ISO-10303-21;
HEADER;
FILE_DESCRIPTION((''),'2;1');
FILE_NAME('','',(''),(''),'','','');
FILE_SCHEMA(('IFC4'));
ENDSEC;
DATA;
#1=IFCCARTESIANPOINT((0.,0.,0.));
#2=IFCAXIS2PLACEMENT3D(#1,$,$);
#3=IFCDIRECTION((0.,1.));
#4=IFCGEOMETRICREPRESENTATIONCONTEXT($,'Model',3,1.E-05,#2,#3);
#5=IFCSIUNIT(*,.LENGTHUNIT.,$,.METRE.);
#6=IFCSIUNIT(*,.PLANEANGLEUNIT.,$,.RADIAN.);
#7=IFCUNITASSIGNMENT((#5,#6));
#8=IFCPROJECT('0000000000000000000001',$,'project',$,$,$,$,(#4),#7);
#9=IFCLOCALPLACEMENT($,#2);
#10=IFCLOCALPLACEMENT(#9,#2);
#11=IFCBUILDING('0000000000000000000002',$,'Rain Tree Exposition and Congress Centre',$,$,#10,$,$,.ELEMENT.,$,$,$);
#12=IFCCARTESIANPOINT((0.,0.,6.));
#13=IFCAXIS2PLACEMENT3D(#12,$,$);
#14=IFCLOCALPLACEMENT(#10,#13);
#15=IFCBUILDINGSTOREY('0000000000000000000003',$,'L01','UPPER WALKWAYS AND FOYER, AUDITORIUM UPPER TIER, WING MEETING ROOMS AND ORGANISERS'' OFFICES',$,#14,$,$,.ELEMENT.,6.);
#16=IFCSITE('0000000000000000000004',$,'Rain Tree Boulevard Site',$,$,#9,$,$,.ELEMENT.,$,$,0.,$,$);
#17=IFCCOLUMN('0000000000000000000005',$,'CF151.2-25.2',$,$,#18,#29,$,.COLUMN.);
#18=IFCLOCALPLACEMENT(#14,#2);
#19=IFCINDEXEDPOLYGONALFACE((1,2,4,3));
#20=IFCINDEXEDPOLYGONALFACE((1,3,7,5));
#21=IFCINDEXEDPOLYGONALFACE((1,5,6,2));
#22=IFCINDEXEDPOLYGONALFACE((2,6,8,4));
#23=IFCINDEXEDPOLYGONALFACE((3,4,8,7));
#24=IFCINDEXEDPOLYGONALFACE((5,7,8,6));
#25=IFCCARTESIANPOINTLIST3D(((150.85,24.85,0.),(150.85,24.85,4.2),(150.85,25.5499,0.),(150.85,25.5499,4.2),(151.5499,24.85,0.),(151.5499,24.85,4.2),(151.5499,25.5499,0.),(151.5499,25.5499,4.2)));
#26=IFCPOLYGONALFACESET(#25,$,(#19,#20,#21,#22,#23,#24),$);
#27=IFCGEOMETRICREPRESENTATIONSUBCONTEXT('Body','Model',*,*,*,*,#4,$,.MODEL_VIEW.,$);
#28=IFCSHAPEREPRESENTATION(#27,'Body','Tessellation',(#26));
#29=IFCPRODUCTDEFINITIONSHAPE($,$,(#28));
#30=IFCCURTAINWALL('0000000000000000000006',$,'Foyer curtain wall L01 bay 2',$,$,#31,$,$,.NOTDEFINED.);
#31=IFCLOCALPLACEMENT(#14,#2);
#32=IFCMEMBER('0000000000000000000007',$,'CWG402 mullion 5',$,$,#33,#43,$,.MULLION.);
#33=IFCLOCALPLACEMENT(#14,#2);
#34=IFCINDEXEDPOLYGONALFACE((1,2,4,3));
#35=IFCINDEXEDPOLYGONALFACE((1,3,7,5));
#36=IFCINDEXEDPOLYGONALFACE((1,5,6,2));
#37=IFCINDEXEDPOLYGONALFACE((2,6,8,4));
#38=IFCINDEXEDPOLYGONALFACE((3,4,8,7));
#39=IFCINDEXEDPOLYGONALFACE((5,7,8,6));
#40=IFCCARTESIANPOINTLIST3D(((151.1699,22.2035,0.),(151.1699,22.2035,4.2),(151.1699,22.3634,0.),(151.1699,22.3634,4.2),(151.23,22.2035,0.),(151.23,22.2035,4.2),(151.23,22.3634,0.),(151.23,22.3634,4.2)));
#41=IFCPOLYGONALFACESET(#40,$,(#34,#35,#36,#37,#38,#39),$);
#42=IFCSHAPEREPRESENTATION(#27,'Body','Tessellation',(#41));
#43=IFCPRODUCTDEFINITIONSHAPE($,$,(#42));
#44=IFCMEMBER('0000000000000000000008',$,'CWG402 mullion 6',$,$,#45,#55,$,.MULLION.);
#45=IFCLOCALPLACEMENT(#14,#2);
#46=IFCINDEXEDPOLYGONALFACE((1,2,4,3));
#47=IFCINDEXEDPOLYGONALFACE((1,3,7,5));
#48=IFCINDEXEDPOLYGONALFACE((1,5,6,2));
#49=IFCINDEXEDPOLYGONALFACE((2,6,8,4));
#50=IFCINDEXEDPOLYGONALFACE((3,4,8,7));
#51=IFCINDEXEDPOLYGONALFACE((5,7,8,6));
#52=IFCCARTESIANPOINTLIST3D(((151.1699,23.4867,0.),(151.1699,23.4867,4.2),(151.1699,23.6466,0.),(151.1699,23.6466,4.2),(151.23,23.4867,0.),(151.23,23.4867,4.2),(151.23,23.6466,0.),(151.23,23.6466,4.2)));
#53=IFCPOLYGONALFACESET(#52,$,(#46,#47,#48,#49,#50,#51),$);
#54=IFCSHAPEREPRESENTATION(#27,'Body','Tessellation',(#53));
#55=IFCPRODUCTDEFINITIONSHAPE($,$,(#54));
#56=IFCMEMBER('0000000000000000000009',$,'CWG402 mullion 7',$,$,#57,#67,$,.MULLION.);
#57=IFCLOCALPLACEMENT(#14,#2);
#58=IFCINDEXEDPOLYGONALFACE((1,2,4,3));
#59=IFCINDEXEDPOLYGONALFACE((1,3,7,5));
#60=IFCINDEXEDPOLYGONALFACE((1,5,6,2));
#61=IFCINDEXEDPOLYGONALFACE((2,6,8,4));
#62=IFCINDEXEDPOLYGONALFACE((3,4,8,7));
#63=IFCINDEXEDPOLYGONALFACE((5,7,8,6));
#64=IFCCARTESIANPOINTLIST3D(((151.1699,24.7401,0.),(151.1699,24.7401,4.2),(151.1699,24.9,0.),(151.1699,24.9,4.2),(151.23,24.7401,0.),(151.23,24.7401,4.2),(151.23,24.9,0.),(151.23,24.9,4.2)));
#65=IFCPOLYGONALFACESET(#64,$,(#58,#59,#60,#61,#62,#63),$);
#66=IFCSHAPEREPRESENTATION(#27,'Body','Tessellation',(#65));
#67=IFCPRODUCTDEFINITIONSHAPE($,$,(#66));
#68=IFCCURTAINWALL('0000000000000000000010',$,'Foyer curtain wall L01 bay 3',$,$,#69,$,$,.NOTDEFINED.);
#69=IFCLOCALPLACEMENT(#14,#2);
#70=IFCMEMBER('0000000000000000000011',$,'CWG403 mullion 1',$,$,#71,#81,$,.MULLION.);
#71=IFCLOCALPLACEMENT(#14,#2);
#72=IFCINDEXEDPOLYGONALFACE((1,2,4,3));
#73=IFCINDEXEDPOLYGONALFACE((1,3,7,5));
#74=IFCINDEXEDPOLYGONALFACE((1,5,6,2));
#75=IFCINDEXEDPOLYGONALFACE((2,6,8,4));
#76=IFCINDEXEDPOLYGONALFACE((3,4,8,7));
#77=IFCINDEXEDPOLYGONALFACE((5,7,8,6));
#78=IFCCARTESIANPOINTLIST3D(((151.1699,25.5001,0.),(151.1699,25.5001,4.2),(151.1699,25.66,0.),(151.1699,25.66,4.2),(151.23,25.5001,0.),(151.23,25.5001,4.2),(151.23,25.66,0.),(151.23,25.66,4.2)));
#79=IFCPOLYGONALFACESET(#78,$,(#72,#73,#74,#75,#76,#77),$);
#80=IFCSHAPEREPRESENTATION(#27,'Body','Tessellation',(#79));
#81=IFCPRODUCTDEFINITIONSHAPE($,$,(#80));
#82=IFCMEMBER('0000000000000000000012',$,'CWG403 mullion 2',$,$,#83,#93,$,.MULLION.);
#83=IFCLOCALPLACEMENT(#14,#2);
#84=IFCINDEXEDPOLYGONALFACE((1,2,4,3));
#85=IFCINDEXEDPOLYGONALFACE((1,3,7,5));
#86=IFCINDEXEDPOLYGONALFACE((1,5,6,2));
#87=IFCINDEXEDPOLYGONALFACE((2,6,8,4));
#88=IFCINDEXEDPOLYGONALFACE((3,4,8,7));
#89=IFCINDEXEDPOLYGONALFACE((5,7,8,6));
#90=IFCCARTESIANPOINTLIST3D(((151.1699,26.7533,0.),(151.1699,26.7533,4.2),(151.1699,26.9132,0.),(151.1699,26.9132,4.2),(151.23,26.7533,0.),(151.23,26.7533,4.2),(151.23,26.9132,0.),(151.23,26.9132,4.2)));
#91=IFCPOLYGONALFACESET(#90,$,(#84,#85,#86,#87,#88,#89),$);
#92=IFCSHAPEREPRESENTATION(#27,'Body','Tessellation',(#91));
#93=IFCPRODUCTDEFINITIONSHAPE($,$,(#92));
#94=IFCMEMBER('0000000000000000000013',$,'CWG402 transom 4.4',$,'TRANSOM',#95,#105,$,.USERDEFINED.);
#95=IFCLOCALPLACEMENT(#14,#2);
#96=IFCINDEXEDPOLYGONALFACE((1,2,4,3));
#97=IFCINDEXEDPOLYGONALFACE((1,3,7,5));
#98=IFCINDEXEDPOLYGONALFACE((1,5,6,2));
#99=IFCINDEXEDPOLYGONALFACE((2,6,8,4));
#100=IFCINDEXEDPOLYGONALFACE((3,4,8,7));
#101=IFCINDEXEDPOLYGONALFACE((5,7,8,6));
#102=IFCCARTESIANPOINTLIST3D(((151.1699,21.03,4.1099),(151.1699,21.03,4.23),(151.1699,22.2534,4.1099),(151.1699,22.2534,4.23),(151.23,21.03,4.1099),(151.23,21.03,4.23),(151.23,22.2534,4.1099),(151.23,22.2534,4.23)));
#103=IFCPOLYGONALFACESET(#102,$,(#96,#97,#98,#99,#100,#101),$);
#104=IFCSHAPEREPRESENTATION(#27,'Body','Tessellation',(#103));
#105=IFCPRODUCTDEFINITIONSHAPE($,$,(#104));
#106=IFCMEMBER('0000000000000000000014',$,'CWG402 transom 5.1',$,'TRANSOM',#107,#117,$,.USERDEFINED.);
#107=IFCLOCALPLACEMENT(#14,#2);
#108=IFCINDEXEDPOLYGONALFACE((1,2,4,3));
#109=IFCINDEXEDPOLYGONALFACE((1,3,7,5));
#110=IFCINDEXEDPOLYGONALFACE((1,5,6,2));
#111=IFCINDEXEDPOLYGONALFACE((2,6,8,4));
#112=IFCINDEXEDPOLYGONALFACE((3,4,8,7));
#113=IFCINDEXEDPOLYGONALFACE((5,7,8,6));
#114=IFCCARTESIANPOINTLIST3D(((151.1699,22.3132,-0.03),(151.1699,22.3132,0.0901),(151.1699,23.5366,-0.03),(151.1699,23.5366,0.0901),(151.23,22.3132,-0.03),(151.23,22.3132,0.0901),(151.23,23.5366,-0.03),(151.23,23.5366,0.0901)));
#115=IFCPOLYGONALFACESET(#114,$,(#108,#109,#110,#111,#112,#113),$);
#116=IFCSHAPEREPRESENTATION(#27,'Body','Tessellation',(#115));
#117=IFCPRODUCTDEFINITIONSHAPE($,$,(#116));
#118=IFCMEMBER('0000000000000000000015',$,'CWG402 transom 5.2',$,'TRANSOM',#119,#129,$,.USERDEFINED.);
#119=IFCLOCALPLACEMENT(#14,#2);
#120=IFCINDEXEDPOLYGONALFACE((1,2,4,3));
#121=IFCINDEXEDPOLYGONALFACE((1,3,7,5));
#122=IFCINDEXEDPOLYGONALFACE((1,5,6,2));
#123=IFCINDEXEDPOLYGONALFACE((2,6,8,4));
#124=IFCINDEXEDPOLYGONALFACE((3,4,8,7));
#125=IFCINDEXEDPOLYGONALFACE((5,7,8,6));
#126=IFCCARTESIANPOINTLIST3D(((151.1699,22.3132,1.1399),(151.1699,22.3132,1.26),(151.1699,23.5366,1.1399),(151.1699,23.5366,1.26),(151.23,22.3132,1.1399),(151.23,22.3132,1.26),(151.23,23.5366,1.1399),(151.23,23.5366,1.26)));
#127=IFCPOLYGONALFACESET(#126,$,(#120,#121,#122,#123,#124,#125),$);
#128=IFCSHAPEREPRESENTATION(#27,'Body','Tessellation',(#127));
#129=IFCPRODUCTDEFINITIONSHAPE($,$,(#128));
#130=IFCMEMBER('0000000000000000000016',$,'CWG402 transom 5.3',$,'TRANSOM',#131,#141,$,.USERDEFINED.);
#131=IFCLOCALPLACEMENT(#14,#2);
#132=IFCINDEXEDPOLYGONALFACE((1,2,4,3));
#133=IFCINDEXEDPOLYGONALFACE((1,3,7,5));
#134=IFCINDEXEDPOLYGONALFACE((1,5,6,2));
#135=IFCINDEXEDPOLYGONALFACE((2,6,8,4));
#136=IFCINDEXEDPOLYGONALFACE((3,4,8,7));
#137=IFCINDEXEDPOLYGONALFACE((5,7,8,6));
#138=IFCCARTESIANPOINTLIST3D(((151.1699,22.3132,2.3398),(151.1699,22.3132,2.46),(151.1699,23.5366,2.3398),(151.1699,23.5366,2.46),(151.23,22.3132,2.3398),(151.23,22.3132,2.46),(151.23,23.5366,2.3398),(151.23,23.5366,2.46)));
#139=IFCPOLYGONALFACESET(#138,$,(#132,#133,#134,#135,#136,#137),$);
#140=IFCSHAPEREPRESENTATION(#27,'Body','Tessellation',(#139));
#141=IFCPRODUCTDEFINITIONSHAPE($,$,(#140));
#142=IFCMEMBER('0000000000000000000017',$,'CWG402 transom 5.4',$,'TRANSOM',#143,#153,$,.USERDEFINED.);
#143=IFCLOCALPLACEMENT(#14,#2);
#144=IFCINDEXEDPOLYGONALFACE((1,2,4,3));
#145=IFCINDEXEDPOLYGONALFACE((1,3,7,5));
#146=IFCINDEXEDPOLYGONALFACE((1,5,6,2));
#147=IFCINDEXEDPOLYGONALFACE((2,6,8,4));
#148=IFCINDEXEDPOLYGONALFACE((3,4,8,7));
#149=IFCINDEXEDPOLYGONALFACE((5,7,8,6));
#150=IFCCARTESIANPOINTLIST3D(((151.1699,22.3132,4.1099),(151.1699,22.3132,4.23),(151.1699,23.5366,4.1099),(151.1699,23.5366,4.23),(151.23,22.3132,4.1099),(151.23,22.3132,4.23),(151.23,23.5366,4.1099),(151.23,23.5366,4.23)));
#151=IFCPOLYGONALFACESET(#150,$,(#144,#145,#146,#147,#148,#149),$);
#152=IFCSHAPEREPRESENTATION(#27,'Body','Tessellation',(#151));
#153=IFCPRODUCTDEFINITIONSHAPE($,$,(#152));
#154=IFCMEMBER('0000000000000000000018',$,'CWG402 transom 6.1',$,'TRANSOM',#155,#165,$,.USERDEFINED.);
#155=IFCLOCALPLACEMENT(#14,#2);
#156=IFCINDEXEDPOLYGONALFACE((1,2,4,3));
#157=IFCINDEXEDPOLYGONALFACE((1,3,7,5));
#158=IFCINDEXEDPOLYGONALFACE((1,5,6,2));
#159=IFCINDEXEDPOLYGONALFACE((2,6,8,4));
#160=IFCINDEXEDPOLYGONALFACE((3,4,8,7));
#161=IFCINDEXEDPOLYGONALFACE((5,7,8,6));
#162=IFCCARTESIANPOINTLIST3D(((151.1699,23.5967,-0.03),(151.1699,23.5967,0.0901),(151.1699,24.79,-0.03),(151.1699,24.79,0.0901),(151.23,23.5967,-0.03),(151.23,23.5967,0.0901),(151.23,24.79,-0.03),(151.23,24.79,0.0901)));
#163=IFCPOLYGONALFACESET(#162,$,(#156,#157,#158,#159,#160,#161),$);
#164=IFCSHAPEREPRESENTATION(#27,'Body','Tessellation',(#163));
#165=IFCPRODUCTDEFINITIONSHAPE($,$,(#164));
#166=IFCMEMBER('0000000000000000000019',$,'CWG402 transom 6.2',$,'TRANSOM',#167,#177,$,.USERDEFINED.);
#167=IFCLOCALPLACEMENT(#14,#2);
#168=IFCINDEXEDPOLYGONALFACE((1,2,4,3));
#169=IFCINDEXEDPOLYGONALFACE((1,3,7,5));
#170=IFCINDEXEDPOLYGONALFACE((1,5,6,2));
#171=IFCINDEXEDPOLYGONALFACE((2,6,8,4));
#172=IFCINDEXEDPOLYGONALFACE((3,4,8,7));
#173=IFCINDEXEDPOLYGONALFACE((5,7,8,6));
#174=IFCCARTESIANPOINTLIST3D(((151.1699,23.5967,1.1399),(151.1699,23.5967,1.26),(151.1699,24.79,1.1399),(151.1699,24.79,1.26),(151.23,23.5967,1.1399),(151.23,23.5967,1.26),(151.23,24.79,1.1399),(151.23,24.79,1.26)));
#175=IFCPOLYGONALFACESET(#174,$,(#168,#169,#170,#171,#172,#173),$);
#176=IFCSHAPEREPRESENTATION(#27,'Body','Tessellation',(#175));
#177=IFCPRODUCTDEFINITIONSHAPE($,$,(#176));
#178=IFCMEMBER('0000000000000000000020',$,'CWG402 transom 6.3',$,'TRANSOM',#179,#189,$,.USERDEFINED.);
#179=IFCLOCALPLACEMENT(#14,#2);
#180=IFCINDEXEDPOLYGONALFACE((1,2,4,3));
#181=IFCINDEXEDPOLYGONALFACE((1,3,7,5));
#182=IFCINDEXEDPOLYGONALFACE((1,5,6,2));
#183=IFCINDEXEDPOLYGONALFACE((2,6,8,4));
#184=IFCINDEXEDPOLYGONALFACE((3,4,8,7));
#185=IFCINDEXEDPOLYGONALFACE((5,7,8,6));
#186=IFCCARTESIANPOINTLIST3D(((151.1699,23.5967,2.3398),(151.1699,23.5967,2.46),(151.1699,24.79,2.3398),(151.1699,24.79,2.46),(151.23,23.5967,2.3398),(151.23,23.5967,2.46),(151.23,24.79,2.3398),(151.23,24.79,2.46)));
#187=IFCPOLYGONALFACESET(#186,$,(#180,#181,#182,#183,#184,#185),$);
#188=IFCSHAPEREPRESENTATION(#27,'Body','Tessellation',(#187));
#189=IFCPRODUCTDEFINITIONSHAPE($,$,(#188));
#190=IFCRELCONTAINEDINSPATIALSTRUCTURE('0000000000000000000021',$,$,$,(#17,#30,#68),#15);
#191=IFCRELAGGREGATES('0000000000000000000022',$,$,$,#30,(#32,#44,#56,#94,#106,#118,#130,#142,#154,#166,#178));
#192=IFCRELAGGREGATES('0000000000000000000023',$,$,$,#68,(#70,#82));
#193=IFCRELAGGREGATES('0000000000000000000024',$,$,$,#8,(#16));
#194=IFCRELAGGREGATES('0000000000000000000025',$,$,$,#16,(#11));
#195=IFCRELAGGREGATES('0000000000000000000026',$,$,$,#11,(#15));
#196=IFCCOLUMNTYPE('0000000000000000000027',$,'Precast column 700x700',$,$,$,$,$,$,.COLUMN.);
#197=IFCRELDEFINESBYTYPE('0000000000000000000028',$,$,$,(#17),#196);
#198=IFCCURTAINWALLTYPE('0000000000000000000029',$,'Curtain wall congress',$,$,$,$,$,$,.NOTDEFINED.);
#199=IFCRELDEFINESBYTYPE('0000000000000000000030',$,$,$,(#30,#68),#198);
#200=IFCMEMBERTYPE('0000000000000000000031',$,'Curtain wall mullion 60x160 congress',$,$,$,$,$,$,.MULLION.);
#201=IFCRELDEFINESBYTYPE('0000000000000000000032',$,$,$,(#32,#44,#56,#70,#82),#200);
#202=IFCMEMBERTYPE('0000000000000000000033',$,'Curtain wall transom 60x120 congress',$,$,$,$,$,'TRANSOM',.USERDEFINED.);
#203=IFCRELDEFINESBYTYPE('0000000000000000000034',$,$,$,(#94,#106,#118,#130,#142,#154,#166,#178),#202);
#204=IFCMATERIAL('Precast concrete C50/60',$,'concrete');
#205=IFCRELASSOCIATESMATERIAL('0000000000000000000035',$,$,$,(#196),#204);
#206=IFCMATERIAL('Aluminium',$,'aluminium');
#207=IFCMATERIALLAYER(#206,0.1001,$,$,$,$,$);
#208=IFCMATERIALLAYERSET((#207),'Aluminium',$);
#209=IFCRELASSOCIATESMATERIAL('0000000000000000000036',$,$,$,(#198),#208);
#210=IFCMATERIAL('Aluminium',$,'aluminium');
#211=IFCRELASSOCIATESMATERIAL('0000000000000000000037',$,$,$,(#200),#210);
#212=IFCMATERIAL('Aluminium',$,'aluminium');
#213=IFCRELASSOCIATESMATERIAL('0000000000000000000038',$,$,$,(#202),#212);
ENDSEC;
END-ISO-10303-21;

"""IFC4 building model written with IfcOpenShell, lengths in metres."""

from ifc_helpers import new_model, si_unit, direction, frame, origin, origin_2d, place, context, subcontext, project, spatial, rectangle, extrude, material, layer, layer_set, material_profile, profile_set, type_object, element, aggregate, save


model = new_model("IFC4")

# Units and contexts
model_context = context("Model", 3, precision=1e-05, world=origin(), true_north=direction((0.0, 1.0)))
body_context = subcontext(model_context, "Body", "Model", "MODEL_VIEW")
ifc_project = project(units=[si_unit("LENGTHUNIT", "METRE"), si_unit("PLANEANGLEUNIT", "RADIAN")], contexts=[model_context])

# Site, building, storey
site_placement = place(None, origin())
site = spatial("IfcSite", under=ifc_project, at=site_placement, Name="Rain Tree Boulevard Site", CompositionType="ELEMENT", RefElevation=0.0)
building_placement = place(site_placement, origin())
building = spatial("IfcBuilding", under=site, at=building_placement, Name="Rain Tree Exposition and Congress Centre", CompositionType="ELEMENT")
storey_placement = place(building_placement, frame((0.0, 0.0, 6.0)))
storey = spatial("IfcBuildingStorey", under=building, at=storey_placement, Name="L01", Description="UPPER WALKWAYS AND FOYER, AUDITORIUM UPPER TIER, WING MEETING ROOMS AND ORGANISERS' OFFICES", CompositionType="ELEMENT", Elevation=6.0)

# Column
ifc_material_1 = material(Name="Precast concrete C50/60", Category="concrete")
ifc_material_profile_1 = material_profile(ifc_material_1, rectangle(XDim=0.7, YDim=0.7, at=origin_2d()), Name="RC 700x700")
ifc_profile_set_1 = profile_set([ifc_material_profile_1], Name="Precast concrete C50/60")
column_type = type_object("IfcColumnType", Name="Precast column 700x700", PredefinedType="COLUMN", material=ifc_profile_set_1)
column_placement = place(storey_placement, frame((151.2, 25.2, 0.0), z_axis=(0.0, 0.0, 1.0), x_axis=(1.0, 0.0, 0.0)))
element("IfcColumn", 1, at=column_placement, inside=storey, type_object=column_type, Name="CF151.2-25.2", PredefinedType="COLUMN", context=body_context, shape_type="SweptSolid", body=[
    extrude(rectangle(XDim=0.7, YDim=0.7, at=origin_2d()), origin(), (0.0, 0.0, 1.0), 4.2),
])

# Curtain walls, members
ifc_material_2 = material(Name="Aluminium", Category="aluminium")
ifc_layer_1 = layer(ifc_material_2, 0.1001)
ifc_layer_set_1 = layer_set([ifc_layer_1], Name="Aluminium")
curtain_wall_type = type_object("IfcCurtainWallType", Name="Curtain wall congress", PredefinedType="NOTDEFINED", material=ifc_layer_set_1)
curtain_wall_1_placement = place(storey_placement, origin())
curtain_wall_1 = element("IfcCurtainWall", 2, at=curtain_wall_1_placement, inside=storey, type_object=curtain_wall_type, Name="Foyer curtain wall L01 bay 2", PredefinedType="NOTDEFINED")
ifc_material_3 = material(Name="Aluminium", Category="aluminium")
ifc_material_profile_2 = material_profile(ifc_material_3, rectangle(XDim=0.0601, YDim=0.1599, at=origin_2d()), Name="AL 60x160")
ifc_profile_set_2 = profile_set([ifc_material_profile_2], Name="Aluminium")
member_type_1 = type_object("IfcMemberType", Name="Curtain wall mullion 60x160 congress", PredefinedType="MULLION", material=ifc_profile_set_2)
member_1_placement = place(storey_placement, frame((151.2, 22.2834, 0.0), z_axis=(0.0, 0.0, 1.0), x_axis=(-1.0, 0.0, 0.0)))
member_1 = element("IfcMember", 3, at=member_1_placement, type_object=member_type_1, Name="CWG402 mullion 5", PredefinedType="MULLION", context=body_context, shape_type="SweptSolid", body=[
    extrude(rectangle(XDim=0.0601, YDim=0.1599, at=origin_2d()), origin(), (0.0, 0.0, 1.0), 4.2),
])
member_2_placement = place(storey_placement, frame((151.2, 23.5667, 0.0), z_axis=(0.0, 0.0, 1.0), x_axis=(-1.0, 0.0, 0.0)))
member_2 = element("IfcMember", 4, at=member_2_placement, type_object=member_type_1, Name="CWG402 mullion 6", PredefinedType="MULLION", context=body_context, shape_type="SweptSolid", body=[
    extrude(rectangle(XDim=0.0601, YDim=0.1599, at=origin_2d()), origin(), (0.0, 0.0, 1.0), 4.2),
])
member_3_placement = place(storey_placement, frame((151.2, 24.8201, 0.0), z_axis=(0.0, 0.0, 1.0), x_axis=(-1.0, 0.0, 0.0)))
member_3 = element("IfcMember", 5, at=member_3_placement, type_object=member_type_1, Name="CWG402 mullion 7", PredefinedType="MULLION", context=body_context, shape_type="SweptSolid", body=[
    extrude(rectangle(XDim=0.0601, YDim=0.1599, at=origin_2d()), origin(), (0.0, 0.0, 1.0), 4.2),
])
curtain_wall_2_placement = place(storey_placement, origin())
curtain_wall_2 = element("IfcCurtainWall", 6, at=curtain_wall_2_placement, inside=storey, type_object=curtain_wall_type, Name="Foyer curtain wall L01 bay 3", PredefinedType="NOTDEFINED")
member_4_placement = place(storey_placement, frame((151.2, 25.5801, 0.0), z_axis=(0.0, 0.0, 1.0), x_axis=(-1.0, 0.0, 0.0)))
member_4 = element("IfcMember", 7, at=member_4_placement, type_object=member_type_1, Name="CWG403 mullion 1", PredefinedType="MULLION", context=body_context, shape_type="SweptSolid", body=[
    extrude(rectangle(XDim=0.0601, YDim=0.1599, at=origin_2d()), origin(), (0.0, 0.0, 1.0), 4.2),
])
member_5_placement = place(storey_placement, frame((151.2, 26.8333, 0.0), z_axis=(0.0, 0.0, 1.0), x_axis=(-1.0, 0.0, 0.0)))
member_5 = element("IfcMember", 8, at=member_5_placement, type_object=member_type_1, Name="CWG403 mullion 2", PredefinedType="MULLION", context=body_context, shape_type="SweptSolid", body=[
    extrude(rectangle(XDim=0.0601, YDim=0.1599, at=origin_2d()), origin(), (0.0, 0.0, 1.0), 4.2),
])

# Members
ifc_material_4 = material(Name="Aluminium", Category="aluminium")
ifc_material_profile_3 = material_profile(ifc_material_4, rectangle(XDim=0.0601, YDim=0.1201, at=origin_2d()), Name="AL 60x120")
ifc_profile_set_3 = profile_set([ifc_material_profile_3], Name="Aluminium")
member_type_2 = type_object("IfcMemberType", Name="Curtain wall transom 60x120 congress", ElementType="TRANSOM", PredefinedType="USERDEFINED", material=ifc_profile_set_3)
member_6_placement = place(storey_placement, frame((151.2, 21.03, 4.1699), z_axis=(0.0, 1.0, 0.0), x_axis=(-1.0, 0.0, 0.0)))
member_6 = element("IfcMember", 9, at=member_6_placement, type_object=member_type_2, Name="CWG402 transom 4.4", ObjectType="TRANSOM", PredefinedType="USERDEFINED", context=body_context, shape_type="SweptSolid", body=[
    extrude(rectangle(XDim=0.0601, YDim=0.1201, at=origin_2d()), origin(), (0.0, 0.0, 1.0), 1.2234),
])
member_7_placement = place(storey_placement, frame((151.2, 22.3132, 0.03), z_axis=(0.0, 1.0, 0.0), x_axis=(-1.0, 0.0, 0.0)))
member_7 = element("IfcMember", 10, at=member_7_placement, type_object=member_type_2, Name="CWG402 transom 5.1", ObjectType="TRANSOM", PredefinedType="USERDEFINED", context=body_context, shape_type="SweptSolid", body=[
    extrude(rectangle(XDim=0.0601, YDim=0.1201, at=origin_2d()), origin(), (0.0, 0.0, 1.0), 1.2234),
])
member_8_placement = place(storey_placement, frame((151.2, 22.3132, 1.2), z_axis=(0.0, 1.0, 0.0), x_axis=(-1.0, 0.0, 0.0)))
member_8 = element("IfcMember", 11, at=member_8_placement, type_object=member_type_2, Name="CWG402 transom 5.2", ObjectType="TRANSOM", PredefinedType="USERDEFINED", context=body_context, shape_type="SweptSolid", body=[
    extrude(rectangle(XDim=0.0601, YDim=0.1201, at=origin_2d()), origin(), (0.0, 0.0, 1.0), 1.2234),
])
member_9_placement = place(storey_placement, frame((151.2, 22.3132, 2.3999), z_axis=(0.0, 1.0, 0.0), x_axis=(-1.0, 0.0, 0.0)))
member_9 = element("IfcMember", 12, at=member_9_placement, type_object=member_type_2, Name="CWG402 transom 5.3", ObjectType="TRANSOM", PredefinedType="USERDEFINED", context=body_context, shape_type="SweptSolid", body=[
    extrude(rectangle(XDim=0.0601, YDim=0.1201, at=origin_2d()), origin(), (0.0, 0.0, 1.0), 1.2234),
])
member_10_placement = place(storey_placement, frame((151.2, 22.3132, 4.1699), z_axis=(0.0, 1.0, 0.0), x_axis=(-1.0, 0.0, 0.0)))
member_10 = element("IfcMember", 13, at=member_10_placement, type_object=member_type_2, Name="CWG402 transom 5.4", ObjectType="TRANSOM", PredefinedType="USERDEFINED", context=body_context, shape_type="SweptSolid", body=[
    extrude(rectangle(XDim=0.0601, YDim=0.1201, at=origin_2d()), origin(), (0.0, 0.0, 1.0), 1.2234),
])
member_11_placement = place(storey_placement, frame((151.2, 23.5967, 0.03), z_axis=(0.0, 1.0, 0.0), x_axis=(-1.0, 0.0, 0.0)))
member_11 = element("IfcMember", 14, at=member_11_placement, type_object=member_type_2, Name="CWG402 transom 6.1", ObjectType="TRANSOM", PredefinedType="USERDEFINED", context=body_context, shape_type="SweptSolid", body=[
    extrude(rectangle(XDim=0.0601, YDim=0.1201, at=origin_2d()), origin(), (0.0, 0.0, 1.0), 1.1934),
])
member_12_placement = place(storey_placement, frame((151.2, 23.5967, 1.2), z_axis=(0.0, 1.0, 0.0), x_axis=(-1.0, 0.0, 0.0)))
member_12 = element("IfcMember", 15, at=member_12_placement, type_object=member_type_2, Name="CWG402 transom 6.2", ObjectType="TRANSOM", PredefinedType="USERDEFINED", context=body_context, shape_type="SweptSolid", body=[
    extrude(rectangle(XDim=0.0601, YDim=0.1201, at=origin_2d()), origin(), (0.0, 0.0, 1.0), 1.1934),
])
member_13_placement = place(storey_placement, frame((151.2, 23.5967, 2.3999), z_axis=(0.0, 1.0, 0.0), x_axis=(-1.0, 0.0, 0.0)))
member_13 = element("IfcMember", 16, at=member_13_placement, type_object=member_type_2, Name="CWG402 transom 6.3", ObjectType="TRANSOM", PredefinedType="USERDEFINED", context=body_context, shape_type="SweptSolid", body=[
    extrude(rectangle(XDim=0.0601, YDim=0.1201, at=origin_2d()), origin(), (0.0, 0.0, 1.0), 1.1934),
])

aggregate(curtain_wall_1, [member_1, member_2, member_3, member_6, member_7, member_8, member_9, member_10, member_11, member_12, member_13])
aggregate(curtain_wall_2, [member_4, member_5])

save(model, "model.ifc")
